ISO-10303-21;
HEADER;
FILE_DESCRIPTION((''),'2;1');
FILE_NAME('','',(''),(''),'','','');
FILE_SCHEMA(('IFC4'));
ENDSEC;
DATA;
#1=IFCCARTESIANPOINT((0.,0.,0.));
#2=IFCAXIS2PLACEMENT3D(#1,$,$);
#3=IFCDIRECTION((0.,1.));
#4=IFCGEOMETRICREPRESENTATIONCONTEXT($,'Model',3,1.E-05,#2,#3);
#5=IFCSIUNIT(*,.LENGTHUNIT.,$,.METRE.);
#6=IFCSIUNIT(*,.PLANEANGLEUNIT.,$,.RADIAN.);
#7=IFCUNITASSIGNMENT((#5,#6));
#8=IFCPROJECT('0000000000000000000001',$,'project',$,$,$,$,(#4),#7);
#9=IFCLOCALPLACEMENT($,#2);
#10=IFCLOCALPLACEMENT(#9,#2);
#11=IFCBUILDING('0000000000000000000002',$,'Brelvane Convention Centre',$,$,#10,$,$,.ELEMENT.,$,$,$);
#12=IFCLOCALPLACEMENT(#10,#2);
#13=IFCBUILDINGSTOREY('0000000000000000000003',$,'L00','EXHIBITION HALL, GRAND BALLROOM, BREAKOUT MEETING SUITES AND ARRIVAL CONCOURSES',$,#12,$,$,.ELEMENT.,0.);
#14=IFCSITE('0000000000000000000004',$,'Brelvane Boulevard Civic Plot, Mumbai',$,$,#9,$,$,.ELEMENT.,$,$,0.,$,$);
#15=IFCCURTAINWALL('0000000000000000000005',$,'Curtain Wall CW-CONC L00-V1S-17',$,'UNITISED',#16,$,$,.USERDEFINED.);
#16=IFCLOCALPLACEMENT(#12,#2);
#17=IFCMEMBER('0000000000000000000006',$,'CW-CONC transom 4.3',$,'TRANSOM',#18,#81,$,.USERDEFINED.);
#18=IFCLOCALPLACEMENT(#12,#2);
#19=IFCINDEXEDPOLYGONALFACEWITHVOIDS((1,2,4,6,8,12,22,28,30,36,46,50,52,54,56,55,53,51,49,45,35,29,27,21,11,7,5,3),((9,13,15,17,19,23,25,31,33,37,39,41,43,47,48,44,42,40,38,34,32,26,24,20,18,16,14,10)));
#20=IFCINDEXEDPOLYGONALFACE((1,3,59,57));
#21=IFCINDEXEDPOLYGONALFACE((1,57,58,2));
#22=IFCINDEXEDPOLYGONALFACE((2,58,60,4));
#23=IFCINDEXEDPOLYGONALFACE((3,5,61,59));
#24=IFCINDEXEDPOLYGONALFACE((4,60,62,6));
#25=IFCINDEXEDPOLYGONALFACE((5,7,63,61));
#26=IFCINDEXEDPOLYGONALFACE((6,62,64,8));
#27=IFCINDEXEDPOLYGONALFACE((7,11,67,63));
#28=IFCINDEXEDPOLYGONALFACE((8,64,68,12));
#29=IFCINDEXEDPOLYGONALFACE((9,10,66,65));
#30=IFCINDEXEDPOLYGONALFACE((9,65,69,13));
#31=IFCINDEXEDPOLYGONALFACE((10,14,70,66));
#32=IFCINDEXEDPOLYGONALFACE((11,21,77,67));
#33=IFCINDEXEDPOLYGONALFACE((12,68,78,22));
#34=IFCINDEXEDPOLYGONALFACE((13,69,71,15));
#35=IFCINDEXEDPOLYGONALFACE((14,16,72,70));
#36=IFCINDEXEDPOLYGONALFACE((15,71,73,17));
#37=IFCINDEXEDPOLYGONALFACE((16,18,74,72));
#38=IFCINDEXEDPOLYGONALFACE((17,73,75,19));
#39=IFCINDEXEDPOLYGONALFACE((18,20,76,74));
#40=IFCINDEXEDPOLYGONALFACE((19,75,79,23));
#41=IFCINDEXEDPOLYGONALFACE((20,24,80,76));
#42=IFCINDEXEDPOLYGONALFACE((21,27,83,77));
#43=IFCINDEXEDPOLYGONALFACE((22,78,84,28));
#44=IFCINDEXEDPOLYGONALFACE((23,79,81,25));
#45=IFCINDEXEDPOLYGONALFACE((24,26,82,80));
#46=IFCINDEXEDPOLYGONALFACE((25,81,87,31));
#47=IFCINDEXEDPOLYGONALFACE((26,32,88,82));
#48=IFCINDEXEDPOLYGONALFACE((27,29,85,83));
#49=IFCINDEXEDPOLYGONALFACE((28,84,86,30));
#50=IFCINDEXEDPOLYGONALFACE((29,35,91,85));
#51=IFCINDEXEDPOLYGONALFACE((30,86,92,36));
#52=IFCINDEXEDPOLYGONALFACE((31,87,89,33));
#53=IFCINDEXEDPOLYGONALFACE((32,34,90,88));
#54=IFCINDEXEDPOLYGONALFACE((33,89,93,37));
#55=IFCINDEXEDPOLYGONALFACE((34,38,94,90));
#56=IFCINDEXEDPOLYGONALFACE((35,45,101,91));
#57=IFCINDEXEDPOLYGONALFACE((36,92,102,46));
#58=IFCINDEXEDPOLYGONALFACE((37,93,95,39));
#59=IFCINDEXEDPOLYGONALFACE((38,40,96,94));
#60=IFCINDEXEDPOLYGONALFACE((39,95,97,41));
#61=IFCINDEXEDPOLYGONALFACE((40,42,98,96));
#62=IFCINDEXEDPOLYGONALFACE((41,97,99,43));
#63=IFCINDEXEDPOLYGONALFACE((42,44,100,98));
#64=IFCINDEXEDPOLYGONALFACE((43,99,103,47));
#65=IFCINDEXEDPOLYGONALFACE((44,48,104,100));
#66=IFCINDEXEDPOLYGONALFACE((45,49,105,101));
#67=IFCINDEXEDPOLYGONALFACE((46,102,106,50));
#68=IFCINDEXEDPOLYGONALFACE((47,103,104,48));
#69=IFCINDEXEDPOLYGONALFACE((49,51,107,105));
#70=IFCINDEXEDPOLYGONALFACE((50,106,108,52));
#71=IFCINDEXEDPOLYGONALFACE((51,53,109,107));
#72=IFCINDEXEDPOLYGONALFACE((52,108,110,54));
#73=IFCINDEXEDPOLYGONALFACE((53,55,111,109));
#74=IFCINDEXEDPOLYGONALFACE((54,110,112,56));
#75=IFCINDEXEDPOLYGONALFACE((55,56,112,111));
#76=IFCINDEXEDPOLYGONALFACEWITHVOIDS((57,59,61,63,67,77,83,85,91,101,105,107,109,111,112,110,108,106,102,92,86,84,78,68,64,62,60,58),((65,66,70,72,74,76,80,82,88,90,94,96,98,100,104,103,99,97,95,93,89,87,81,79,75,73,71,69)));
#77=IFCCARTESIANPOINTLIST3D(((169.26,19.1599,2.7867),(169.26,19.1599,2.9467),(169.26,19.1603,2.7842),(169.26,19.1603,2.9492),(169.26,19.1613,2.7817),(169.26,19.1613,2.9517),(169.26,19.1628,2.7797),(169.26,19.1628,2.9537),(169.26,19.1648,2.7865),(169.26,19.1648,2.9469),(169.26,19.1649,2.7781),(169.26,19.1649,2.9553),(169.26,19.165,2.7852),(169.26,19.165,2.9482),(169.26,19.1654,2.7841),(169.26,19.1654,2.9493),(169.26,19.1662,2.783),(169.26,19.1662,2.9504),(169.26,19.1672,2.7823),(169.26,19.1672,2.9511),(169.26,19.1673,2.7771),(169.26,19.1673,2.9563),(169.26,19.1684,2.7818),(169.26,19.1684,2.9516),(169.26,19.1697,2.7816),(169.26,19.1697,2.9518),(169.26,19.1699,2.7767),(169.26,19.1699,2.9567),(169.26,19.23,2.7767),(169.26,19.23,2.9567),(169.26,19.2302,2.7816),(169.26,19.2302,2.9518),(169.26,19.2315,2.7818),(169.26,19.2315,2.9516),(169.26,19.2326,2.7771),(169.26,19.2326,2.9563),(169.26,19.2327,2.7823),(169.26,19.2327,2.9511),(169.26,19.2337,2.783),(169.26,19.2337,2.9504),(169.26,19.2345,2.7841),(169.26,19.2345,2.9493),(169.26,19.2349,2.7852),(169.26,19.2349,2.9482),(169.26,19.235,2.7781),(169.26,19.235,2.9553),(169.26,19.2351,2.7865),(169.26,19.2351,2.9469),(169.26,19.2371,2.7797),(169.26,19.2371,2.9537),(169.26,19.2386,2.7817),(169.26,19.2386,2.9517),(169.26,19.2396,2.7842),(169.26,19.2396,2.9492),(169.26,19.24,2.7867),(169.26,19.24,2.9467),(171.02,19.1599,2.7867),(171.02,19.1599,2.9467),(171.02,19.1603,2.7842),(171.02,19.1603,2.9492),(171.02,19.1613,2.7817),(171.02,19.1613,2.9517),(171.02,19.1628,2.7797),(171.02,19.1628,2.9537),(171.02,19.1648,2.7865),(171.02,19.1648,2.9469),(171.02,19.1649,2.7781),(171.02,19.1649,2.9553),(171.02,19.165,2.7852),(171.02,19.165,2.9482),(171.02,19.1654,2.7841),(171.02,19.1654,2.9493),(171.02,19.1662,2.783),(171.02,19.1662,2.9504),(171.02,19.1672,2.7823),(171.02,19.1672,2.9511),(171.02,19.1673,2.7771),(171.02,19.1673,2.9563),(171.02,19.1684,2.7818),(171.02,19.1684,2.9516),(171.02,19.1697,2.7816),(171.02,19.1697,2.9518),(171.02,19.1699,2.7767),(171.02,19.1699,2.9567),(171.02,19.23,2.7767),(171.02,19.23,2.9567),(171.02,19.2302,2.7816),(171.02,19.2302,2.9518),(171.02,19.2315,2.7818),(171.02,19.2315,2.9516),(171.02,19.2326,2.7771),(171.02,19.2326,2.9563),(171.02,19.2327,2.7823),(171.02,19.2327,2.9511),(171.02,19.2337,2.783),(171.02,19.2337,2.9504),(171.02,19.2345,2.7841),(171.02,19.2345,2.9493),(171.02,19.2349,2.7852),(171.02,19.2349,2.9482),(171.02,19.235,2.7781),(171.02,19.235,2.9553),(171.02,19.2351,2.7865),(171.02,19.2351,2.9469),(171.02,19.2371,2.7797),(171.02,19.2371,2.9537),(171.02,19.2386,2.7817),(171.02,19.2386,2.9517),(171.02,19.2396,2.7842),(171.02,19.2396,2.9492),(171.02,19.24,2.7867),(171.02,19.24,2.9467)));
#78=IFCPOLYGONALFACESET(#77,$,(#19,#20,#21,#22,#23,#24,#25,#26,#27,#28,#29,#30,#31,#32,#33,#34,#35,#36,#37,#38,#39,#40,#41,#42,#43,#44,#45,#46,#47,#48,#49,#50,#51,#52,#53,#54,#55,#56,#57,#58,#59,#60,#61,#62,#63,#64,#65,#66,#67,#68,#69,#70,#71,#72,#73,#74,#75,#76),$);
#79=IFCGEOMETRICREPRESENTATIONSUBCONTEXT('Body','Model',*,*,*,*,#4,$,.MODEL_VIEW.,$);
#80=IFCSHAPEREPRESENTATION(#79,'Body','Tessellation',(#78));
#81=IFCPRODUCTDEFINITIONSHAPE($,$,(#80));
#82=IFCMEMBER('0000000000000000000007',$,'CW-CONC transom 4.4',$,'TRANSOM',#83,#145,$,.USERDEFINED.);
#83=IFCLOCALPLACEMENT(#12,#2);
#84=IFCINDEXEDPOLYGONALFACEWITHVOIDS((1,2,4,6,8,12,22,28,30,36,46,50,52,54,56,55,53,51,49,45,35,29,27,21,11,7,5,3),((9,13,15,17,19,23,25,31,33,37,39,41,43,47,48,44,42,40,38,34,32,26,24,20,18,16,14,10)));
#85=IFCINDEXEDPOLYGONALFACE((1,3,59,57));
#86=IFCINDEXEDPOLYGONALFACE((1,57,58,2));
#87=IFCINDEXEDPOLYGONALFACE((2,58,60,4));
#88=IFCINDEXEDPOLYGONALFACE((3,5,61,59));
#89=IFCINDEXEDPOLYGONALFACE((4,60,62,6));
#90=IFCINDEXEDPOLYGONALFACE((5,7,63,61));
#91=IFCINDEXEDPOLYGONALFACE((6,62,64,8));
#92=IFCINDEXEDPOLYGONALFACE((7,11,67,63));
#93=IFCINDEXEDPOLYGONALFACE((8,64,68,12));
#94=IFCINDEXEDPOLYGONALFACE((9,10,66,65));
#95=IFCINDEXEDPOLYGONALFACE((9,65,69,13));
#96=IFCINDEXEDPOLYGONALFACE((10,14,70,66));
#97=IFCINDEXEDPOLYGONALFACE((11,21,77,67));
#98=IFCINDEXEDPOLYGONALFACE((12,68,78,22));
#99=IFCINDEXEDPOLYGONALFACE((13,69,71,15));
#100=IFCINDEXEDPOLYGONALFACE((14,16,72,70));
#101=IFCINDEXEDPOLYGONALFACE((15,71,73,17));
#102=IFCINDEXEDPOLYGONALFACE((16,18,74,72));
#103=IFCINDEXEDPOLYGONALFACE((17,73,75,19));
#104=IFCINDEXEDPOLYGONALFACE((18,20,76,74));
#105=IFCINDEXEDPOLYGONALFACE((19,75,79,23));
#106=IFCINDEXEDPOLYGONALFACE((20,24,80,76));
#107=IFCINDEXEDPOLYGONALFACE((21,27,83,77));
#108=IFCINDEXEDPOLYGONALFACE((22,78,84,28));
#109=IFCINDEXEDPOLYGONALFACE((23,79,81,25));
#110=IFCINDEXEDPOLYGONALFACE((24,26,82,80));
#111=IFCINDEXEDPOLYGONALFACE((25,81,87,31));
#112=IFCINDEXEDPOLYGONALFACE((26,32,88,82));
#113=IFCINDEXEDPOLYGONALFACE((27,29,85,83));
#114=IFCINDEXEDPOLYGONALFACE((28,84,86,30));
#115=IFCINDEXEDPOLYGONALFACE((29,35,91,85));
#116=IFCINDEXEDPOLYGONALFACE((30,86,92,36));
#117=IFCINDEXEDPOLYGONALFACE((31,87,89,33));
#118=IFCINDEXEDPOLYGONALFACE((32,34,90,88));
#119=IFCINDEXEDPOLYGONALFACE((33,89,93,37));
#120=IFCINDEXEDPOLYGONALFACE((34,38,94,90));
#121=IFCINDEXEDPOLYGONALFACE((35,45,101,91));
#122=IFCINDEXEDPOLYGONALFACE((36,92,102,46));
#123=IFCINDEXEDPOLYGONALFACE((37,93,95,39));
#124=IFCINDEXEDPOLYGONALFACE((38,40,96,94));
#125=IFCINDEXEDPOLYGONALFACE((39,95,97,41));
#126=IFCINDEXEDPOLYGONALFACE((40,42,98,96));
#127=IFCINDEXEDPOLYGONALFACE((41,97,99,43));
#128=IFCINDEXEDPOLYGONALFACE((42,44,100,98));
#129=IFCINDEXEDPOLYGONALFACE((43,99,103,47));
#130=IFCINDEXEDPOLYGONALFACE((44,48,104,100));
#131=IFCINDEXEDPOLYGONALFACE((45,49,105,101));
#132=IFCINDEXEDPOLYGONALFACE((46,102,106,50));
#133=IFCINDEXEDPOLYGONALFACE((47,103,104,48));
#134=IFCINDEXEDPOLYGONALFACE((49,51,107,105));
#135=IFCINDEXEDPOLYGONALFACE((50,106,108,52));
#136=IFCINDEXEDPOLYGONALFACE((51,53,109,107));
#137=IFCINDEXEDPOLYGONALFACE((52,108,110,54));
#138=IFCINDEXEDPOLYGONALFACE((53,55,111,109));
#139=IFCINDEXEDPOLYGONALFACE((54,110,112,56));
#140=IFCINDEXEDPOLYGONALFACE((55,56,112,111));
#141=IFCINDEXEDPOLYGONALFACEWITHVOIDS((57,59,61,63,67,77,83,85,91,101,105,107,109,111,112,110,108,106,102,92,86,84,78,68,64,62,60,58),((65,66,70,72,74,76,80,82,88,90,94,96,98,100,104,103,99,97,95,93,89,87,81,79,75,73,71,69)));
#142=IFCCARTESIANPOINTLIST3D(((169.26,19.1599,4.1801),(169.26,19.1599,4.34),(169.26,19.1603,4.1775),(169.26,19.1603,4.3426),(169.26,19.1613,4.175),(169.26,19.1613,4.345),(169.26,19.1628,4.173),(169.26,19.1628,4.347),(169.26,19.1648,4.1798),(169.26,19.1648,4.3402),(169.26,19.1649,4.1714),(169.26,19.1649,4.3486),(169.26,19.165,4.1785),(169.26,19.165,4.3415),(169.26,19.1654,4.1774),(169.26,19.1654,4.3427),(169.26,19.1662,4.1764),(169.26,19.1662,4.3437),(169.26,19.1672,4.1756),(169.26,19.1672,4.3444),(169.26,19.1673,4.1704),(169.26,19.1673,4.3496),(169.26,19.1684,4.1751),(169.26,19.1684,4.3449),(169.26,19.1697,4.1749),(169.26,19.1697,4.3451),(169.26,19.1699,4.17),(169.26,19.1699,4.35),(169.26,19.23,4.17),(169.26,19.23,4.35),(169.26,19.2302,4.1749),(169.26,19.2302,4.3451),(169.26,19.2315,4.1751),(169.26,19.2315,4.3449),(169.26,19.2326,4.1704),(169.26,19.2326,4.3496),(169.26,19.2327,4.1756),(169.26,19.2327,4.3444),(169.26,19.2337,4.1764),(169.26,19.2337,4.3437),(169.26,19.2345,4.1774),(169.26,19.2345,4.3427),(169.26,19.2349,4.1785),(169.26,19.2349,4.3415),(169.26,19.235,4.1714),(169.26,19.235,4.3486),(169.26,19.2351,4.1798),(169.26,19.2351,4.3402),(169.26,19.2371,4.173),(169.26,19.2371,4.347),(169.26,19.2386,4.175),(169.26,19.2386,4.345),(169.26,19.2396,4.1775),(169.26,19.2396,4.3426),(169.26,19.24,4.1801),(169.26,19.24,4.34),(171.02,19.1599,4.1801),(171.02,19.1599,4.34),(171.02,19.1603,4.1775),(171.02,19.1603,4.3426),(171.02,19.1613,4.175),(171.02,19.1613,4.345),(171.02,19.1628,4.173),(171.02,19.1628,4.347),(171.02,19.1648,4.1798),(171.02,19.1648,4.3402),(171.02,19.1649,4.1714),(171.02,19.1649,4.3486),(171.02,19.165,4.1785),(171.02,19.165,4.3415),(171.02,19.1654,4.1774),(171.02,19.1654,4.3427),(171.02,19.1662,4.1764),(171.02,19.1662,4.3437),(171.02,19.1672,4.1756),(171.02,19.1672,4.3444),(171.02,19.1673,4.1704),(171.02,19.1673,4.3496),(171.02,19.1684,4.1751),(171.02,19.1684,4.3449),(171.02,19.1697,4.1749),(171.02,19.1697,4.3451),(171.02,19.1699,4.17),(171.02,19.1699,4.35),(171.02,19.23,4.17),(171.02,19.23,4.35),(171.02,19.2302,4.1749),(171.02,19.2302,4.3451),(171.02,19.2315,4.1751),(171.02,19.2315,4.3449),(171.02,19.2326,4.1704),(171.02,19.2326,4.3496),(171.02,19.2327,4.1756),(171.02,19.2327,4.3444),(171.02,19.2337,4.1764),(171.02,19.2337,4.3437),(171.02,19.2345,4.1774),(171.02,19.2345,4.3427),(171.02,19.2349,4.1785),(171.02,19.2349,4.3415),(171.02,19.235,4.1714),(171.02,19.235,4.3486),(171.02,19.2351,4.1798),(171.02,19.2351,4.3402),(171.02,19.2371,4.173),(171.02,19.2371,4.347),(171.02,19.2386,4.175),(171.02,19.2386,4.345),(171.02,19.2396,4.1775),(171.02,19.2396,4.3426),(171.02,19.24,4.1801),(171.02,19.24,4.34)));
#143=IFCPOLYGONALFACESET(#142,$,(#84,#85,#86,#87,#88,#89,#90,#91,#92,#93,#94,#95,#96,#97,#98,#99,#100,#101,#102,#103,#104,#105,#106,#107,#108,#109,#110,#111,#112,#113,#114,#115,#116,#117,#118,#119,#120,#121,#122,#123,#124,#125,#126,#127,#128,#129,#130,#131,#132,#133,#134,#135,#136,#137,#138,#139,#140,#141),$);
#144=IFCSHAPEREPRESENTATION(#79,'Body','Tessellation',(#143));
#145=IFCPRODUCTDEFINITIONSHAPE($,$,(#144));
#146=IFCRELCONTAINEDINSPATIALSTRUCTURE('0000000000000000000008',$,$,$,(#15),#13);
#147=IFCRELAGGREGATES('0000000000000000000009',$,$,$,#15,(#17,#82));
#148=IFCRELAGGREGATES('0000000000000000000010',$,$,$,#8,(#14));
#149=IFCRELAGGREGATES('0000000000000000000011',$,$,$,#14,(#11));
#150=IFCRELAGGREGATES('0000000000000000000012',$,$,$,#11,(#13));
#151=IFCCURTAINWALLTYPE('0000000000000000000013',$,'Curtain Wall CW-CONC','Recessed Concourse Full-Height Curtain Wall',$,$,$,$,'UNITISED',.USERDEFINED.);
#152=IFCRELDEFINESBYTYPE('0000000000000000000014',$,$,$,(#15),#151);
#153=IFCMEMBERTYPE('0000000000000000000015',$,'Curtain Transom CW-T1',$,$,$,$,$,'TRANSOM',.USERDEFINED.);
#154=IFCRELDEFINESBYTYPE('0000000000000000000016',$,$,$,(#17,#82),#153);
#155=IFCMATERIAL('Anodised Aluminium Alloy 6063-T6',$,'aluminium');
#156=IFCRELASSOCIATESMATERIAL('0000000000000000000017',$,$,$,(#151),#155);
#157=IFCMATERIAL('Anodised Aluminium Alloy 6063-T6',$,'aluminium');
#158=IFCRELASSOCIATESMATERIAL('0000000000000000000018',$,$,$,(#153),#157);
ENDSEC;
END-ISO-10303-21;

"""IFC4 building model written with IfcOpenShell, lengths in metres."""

from ifc_helpers import new_model, si_unit, direction, frame, origin, origin_2d, place, context, subcontext, project, spatial, hollow_rectangle, extrude, material, material_profile, profile_set, type_object, element, aggregate, save


model = new_model("IFC4")

# Units and contexts
model_context = context("Model", 3, precision=1e-05, world=origin(), true_north=direction((0.0, 1.0)))
body_context = subcontext(model_context, "Body", "Model", "MODEL_VIEW")
ifc_project = project(units=[si_unit("LENGTHUNIT", "METRE"), si_unit("PLANEANGLEUNIT", "RADIAN")], contexts=[model_context])

# Site, building, storey
site_placement = place(None, origin())
site = spatial("IfcSite", under=ifc_project, at=site_placement, Name="Brelvane Boulevard Civic Plot, Mumbai", CompositionType="ELEMENT", RefElevation=0.0)
building_placement = place(site_placement, origin())
building = spatial("IfcBuilding", under=site, at=building_placement, Name="Brelvane Convention Centre", CompositionType="ELEMENT")
storey_placement = place(building_placement, origin())
storey = spatial("IfcBuildingStorey", under=building, at=storey_placement, Name="L00", Description="EXHIBITION HALL, GRAND BALLROOM, BREAKOUT MEETING SUITES AND ARRIVAL CONCOURSES", CompositionType="ELEMENT", Elevation=0.0)

# Curtain wall, members
ifc_material_1 = material(Name="Anodised Aluminium Alloy 6063-T6", Category="aluminium")
curtain_wall_type = type_object("IfcCurtainWallType", Name="Curtain Wall CW-CONC", Description="Recessed Concourse Full-Height Curtain Wall", ElementType="UNITISED", PredefinedType="USERDEFINED", material=ifc_material_1)
curtain_wall_placement = place(storey_placement, origin())
curtain_wall = element("IfcCurtainWall", 1, at=curtain_wall_placement, inside=storey, type_object=curtain_wall_type, Name="Curtain Wall CW-CONC L00-V1S-17", ObjectType="UNITISED", PredefinedType="USERDEFINED")
ifc_material_2 = material(Name="Anodised Aluminium Alloy 6063-T6", Category="aluminium")
ifc_material_profile_1 = material_profile(ifc_material_2, hollow_rectangle(XDim=0.0801, YDim=0.1799, WallThickness=0.0049, InnerFilletRadius=0.0049, OuterFilletRadius=0.01, at=origin_2d()), Name="ALU-T 180x80x5.0")
ifc_profile_set_1 = profile_set([ifc_material_profile_1], Name="Anodised Aluminium Alloy 6063-T6")
member_type_1 = type_object("IfcMemberType", Name="Curtain Transom CW-T1", ElementType="TRANSOM", PredefinedType="USERDEFINED", material=ifc_profile_set_1)
member_1_placement = place(storey_placement, frame((169.26, 19.2, 2.8667), z_axis=(1.0, 0.0, 0.0), x_axis=(0.0, 1.0, 0.0)))
member_1 = element("IfcMember", 2, at=member_1_placement, type_object=member_type_1, Name="CW-CONC transom 4.3", ObjectType="TRANSOM", PredefinedType="USERDEFINED", context=body_context, shape_type="SweptSolid", body=[
    extrude(hollow_rectangle(XDim=0.0801, YDim=0.1799, WallThickness=0.0049, InnerFilletRadius=0.0049, OuterFilletRadius=0.01, at=origin_2d()), origin(), (0.0, 0.0, 1.0), 1.76),
])
member_2_placement = place(storey_placement, frame((169.26, 19.2, 4.26), z_axis=(1.0, 0.0, 0.0), x_axis=(0.0, 1.0, 0.0)))
member_2 = element("IfcMember", 3, at=member_2_placement, type_object=member_type_1, Name="CW-CONC transom 4.4", ObjectType="TRANSOM", PredefinedType="USERDEFINED", context=body_context, shape_type="SweptSolid", body=[
    extrude(hollow_rectangle(XDim=0.0801, YDim=0.1799, WallThickness=0.0049, InnerFilletRadius=0.0049, OuterFilletRadius=0.01, at=origin_2d()), origin(), (0.0, 0.0, 1.0), 1.76),
])

aggregate(curtain_wall, [member_1, member_2])

save(model, "model.ifc")
